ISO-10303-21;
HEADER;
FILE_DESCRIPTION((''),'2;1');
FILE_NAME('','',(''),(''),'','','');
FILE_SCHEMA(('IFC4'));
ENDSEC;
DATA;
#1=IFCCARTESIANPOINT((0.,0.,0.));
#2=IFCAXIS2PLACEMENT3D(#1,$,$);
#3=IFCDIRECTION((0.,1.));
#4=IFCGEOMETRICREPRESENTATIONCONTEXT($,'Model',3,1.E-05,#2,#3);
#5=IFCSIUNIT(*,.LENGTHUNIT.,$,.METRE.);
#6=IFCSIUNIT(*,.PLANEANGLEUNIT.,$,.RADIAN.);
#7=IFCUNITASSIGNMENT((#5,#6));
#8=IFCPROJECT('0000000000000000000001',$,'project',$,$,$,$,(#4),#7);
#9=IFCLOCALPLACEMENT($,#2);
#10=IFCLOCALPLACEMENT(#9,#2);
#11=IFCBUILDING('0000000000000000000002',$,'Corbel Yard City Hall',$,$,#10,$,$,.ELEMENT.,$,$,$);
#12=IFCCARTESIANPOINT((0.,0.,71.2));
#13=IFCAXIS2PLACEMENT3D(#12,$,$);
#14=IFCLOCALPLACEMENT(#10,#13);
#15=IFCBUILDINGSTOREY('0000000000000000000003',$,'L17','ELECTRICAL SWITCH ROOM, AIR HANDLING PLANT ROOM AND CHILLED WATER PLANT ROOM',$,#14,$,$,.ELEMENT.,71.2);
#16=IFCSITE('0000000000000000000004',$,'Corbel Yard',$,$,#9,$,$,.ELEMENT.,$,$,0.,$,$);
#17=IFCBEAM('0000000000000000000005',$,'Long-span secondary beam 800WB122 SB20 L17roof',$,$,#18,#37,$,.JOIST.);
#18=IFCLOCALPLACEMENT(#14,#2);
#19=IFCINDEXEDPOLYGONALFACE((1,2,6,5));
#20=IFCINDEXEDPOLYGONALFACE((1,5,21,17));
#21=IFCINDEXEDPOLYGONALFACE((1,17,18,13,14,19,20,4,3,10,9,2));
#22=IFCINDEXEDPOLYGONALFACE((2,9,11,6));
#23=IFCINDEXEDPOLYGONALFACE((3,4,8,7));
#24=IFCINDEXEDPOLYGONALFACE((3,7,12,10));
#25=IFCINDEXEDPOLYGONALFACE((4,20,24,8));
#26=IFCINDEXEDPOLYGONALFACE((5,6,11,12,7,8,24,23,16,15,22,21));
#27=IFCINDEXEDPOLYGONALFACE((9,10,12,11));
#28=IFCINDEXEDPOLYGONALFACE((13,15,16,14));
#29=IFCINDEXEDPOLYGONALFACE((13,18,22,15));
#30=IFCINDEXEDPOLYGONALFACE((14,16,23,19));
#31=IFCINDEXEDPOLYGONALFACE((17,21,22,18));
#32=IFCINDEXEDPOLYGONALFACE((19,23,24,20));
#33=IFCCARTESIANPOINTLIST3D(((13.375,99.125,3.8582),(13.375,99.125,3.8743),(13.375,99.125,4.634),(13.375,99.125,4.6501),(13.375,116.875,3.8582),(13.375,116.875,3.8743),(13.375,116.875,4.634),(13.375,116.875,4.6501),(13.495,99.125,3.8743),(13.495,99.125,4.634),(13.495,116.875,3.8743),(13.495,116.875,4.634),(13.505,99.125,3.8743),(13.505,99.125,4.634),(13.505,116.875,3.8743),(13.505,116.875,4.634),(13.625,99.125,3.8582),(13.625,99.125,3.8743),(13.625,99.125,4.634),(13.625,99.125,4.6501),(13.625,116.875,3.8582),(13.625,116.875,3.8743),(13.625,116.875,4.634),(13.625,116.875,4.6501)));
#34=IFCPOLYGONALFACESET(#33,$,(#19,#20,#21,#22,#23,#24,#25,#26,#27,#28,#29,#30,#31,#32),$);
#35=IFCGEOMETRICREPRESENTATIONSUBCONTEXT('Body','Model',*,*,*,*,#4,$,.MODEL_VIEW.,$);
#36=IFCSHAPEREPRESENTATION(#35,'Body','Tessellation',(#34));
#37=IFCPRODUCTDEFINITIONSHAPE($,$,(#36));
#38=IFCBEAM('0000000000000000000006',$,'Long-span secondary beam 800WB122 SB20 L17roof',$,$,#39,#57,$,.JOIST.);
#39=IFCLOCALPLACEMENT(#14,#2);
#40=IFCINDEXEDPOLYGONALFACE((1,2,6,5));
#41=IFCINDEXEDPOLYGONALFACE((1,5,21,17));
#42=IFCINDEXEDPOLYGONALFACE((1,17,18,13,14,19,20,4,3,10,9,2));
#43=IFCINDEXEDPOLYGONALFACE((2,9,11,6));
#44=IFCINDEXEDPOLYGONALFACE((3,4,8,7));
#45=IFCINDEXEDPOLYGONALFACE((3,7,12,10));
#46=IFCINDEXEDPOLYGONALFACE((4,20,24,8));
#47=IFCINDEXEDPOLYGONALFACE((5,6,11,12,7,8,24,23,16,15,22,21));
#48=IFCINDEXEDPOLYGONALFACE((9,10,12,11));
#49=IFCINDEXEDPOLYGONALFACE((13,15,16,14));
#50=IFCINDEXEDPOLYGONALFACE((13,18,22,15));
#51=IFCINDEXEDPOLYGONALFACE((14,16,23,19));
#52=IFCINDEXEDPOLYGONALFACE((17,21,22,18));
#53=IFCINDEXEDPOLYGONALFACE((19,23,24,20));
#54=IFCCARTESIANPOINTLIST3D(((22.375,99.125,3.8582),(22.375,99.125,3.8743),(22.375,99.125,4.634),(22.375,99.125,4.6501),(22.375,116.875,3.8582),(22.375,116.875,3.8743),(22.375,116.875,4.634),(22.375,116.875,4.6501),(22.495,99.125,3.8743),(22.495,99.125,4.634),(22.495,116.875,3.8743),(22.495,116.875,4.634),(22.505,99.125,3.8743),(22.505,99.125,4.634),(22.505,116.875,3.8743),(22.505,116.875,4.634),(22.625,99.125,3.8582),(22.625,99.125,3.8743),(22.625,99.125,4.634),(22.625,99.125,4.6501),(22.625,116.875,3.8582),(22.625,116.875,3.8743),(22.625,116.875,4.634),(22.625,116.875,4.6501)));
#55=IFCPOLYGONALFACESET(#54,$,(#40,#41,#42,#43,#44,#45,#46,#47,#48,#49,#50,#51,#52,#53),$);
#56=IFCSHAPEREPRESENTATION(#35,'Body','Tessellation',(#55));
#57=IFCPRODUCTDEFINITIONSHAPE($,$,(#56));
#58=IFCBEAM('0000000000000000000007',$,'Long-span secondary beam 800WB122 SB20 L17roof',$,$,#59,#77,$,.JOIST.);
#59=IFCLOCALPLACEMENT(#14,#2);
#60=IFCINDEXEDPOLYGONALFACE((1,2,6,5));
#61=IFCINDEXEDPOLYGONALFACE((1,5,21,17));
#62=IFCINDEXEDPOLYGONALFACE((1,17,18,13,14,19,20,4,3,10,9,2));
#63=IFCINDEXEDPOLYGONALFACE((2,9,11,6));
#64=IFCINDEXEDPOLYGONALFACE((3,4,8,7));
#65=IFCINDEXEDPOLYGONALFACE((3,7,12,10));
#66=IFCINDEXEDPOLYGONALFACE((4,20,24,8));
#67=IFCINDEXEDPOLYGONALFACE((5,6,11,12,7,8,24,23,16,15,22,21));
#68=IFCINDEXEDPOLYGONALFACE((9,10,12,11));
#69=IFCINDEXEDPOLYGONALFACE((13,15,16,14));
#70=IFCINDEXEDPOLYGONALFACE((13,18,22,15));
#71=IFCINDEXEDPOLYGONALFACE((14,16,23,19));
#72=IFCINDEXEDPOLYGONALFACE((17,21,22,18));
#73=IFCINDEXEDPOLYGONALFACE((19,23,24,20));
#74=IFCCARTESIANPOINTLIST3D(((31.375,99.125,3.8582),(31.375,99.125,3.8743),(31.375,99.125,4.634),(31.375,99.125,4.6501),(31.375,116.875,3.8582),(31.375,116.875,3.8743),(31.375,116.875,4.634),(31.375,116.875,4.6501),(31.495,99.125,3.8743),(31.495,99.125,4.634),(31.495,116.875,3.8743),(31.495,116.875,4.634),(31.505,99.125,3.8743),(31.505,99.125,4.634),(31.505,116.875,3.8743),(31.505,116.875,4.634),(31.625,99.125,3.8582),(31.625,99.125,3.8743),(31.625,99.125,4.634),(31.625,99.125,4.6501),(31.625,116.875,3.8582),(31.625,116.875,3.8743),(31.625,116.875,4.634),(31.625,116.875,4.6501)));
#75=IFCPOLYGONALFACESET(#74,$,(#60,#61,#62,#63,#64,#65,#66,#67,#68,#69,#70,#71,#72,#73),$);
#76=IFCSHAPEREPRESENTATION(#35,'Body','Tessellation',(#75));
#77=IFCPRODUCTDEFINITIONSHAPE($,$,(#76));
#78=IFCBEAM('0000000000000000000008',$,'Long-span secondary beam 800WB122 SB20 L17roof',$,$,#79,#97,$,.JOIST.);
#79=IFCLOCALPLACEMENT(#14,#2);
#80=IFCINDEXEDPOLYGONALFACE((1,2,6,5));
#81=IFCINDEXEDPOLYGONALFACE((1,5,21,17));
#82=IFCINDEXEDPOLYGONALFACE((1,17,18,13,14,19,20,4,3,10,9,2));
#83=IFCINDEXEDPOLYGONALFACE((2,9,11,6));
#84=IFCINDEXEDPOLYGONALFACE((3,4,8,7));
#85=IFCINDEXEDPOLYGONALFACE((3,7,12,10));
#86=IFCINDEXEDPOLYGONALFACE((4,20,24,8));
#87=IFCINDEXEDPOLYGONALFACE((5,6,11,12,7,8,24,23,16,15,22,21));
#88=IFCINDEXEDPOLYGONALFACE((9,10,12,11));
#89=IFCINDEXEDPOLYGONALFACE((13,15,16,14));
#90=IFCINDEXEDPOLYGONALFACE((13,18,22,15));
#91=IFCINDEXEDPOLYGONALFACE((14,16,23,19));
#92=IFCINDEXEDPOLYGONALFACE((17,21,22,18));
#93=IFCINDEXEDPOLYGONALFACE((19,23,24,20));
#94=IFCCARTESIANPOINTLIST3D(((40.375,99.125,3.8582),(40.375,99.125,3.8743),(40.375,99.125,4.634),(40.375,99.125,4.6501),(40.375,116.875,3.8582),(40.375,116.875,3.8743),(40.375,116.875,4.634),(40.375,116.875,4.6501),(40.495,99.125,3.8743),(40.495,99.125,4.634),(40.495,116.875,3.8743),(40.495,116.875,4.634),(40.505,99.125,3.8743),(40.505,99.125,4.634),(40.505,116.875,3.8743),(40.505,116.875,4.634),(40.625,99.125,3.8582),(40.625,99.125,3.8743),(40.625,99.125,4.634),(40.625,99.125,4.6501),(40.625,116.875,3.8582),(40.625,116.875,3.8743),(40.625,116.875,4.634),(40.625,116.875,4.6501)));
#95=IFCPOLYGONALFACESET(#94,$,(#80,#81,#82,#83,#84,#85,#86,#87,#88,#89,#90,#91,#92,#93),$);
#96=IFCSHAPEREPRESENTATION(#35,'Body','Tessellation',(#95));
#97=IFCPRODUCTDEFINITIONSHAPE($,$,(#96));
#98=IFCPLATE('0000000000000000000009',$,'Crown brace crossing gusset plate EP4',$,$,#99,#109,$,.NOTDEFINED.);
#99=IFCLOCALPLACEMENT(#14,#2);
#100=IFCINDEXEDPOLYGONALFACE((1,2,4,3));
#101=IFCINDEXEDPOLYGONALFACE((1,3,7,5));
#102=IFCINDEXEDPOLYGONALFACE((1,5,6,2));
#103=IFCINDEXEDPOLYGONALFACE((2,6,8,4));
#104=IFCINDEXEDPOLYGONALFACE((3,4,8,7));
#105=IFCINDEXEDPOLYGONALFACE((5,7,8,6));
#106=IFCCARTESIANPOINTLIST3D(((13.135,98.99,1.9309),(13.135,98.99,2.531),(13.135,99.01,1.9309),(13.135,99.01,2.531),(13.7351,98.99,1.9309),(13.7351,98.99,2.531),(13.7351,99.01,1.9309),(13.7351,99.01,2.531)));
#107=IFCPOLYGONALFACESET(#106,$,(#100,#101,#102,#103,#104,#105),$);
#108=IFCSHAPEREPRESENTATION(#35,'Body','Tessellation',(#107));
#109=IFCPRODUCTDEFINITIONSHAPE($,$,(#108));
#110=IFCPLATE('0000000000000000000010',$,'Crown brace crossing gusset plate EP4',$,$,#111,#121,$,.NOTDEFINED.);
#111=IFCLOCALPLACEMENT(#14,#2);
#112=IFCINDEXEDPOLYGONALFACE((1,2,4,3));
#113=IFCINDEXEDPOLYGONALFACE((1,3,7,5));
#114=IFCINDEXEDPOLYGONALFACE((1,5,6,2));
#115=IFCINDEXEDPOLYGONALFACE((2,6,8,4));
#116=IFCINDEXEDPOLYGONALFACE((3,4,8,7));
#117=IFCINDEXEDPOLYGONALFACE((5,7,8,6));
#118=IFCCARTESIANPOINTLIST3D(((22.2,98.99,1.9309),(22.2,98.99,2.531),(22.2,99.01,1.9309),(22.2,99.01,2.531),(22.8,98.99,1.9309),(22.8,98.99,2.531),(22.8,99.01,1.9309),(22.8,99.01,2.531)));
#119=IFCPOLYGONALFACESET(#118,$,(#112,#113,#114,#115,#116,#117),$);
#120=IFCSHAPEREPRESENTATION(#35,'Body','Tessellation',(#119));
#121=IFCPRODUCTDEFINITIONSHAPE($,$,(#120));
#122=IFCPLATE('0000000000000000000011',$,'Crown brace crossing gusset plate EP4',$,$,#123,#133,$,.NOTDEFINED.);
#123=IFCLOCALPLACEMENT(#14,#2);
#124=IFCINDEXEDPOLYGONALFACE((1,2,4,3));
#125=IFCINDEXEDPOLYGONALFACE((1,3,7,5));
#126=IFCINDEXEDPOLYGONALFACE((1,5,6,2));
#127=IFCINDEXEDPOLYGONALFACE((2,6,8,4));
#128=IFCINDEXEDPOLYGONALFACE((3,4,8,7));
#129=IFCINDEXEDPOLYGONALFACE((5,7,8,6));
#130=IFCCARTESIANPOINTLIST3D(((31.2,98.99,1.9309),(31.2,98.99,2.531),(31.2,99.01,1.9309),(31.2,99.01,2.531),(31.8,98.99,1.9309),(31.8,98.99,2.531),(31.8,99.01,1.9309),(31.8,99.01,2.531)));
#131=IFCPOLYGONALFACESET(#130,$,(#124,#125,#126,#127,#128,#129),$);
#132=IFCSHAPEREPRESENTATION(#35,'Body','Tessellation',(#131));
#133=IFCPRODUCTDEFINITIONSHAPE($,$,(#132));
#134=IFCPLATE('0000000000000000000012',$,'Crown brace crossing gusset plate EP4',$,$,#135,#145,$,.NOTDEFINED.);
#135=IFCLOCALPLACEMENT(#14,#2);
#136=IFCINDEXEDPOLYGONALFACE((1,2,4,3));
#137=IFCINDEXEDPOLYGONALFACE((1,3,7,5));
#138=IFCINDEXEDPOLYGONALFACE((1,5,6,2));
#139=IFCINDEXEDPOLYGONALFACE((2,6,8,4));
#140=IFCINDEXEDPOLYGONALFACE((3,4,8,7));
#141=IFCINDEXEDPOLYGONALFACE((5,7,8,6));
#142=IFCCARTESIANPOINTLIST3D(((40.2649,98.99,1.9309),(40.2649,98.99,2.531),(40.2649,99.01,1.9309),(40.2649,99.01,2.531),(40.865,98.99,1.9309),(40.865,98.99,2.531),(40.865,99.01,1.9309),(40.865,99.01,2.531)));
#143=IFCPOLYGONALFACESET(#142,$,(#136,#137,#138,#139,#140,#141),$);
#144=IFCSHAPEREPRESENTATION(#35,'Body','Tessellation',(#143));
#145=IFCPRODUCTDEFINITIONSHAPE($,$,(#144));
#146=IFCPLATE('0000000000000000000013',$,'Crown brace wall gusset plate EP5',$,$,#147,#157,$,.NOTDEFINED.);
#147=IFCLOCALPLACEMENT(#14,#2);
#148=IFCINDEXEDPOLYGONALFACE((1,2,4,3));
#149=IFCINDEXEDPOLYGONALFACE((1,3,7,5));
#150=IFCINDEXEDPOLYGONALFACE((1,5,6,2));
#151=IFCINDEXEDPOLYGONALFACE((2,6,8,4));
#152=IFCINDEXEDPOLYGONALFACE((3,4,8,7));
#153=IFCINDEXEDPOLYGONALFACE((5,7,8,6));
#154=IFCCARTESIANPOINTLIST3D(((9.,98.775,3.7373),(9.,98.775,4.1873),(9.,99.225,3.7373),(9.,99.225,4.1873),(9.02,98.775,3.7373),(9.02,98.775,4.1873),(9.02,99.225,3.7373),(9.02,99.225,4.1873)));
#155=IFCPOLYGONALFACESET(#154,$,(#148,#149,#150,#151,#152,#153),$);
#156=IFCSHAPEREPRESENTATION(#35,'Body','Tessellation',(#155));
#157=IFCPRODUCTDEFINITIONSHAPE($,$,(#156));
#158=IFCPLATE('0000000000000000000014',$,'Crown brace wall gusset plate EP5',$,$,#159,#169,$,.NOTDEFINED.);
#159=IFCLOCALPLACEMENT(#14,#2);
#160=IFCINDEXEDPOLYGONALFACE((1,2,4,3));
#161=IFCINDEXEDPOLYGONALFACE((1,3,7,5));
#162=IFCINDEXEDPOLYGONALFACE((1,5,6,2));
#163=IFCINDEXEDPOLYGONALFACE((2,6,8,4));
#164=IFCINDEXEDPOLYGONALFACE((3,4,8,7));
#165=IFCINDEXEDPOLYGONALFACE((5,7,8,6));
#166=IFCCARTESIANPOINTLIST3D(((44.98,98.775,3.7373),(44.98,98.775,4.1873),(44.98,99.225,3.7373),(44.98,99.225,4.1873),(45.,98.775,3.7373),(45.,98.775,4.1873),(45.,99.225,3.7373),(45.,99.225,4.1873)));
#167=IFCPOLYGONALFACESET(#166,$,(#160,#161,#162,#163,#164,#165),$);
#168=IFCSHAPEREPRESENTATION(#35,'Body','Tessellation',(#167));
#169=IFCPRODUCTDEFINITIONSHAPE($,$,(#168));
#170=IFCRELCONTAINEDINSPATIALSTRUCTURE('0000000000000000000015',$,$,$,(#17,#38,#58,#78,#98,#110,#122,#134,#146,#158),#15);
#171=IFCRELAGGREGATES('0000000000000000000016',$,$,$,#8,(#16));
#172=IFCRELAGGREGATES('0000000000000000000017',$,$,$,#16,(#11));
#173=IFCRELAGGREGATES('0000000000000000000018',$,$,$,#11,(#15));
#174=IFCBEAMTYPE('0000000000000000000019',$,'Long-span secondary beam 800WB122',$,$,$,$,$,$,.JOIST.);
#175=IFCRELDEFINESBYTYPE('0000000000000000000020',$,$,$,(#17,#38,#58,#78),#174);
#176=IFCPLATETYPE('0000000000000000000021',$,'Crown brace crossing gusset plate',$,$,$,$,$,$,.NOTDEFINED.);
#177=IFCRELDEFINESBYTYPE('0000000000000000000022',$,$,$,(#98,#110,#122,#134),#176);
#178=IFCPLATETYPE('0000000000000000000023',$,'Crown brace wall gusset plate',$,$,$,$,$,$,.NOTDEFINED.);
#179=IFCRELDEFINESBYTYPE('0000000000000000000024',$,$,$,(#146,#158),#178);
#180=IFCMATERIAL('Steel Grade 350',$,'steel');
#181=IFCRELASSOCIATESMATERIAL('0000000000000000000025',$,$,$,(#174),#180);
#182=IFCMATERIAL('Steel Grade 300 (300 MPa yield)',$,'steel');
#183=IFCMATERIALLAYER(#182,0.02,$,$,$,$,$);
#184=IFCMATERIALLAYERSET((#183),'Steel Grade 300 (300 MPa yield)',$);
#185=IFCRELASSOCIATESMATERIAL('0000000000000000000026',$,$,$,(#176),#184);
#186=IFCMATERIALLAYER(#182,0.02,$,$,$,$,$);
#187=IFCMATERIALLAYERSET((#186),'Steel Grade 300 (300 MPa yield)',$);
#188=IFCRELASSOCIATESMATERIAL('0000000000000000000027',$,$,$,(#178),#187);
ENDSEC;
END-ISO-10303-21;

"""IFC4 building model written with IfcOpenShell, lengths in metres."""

from ifc_helpers import new_model, si_unit, direction, frame, origin, origin_2d, place, context, subcontext, project, spatial, rectangle, i_section, extrude, material, layer, layer_set, material_profile, profile_set, type_object, element, save


model = new_model("IFC4")

# Units and contexts
model_context = context("Model", 3, precision=1e-05, world=origin(), true_north=direction((0.0, 1.0)))
body_context = subcontext(model_context, "Body", "Model", "MODEL_VIEW")
ifc_project = project(units=[si_unit("LENGTHUNIT", "METRE"), si_unit("PLANEANGLEUNIT", "RADIAN")], contexts=[model_context])

# Site, building, storey
site_placement = place(None, origin())
site = spatial("IfcSite", under=ifc_project, at=site_placement, Name="Corbel Yard", CompositionType="ELEMENT", RefElevation=0.0)
building_placement = place(site_placement, origin())
building = spatial("IfcBuilding", under=site, at=building_placement, Name="Corbel Yard City Hall", CompositionType="ELEMENT")
storey_placement = place(building_placement, frame((0.0, 0.0, 71.2)))
storey = spatial("IfcBuildingStorey", under=building, at=storey_placement, Name="L17", Description="ELECTRICAL SWITCH ROOM, AIR HANDLING PLANT ROOM AND CHILLED WATER PLANT ROOM", CompositionType="ELEMENT", Elevation=71.2)

# Beams
ifc_material_1 = material(Name="Steel Grade 350", Category="steel")
ifc_material_profile_1 = material_profile(ifc_material_1, i_section(OverallWidth=0.25, OverallDepth=0.792, WebThickness=0.01, FlangeThickness=0.0161, at=origin_2d()), Name="800WB122")
ifc_profile_set_1 = profile_set([ifc_material_profile_1], Name="Steel Grade 350")
beam_type_1 = type_object("IfcBeamType", Name="Long-span secondary beam 800WB122", PredefinedType="JOIST", material=ifc_profile_set_1)
for number, where, z_axis, x_axis, name in (
    (1, (13.5, 99.125, 4.2542), (0.0, 1.0, 0.0), (-1.0, 0.0, 0.0), "Long-span secondary beam 800WB122 SB20 L17roof"),
    (2, (22.5, 99.125, 4.2542), (0.0, 1.0, 0.0), (-1.0, 0.0, 0.0), "Long-span secondary beam 800WB122 SB20 L17roof"),
    (3, (31.5, 99.125, 4.2542), (0.0, 1.0, 0.0), (-1.0, 0.0, 0.0), "Long-span secondary beam 800WB122 SB20 L17roof"),
    (4, (40.5, 99.125, 4.2542), (0.0, 1.0, 0.0), (-1.0, 0.0, 0.0), "Long-span secondary beam 800WB122 SB20 L17roof"),
):
    element("IfcBeam", number, at=place(storey_placement, frame(where, z_axis=z_axis, x_axis=x_axis)), inside=storey, type_object=beam_type_1, Name=name, PredefinedType="JOIST", context=body_context, shape_type="SweptSolid", body=[
        extrude(i_section(OverallWidth=0.25, OverallDepth=0.792, WebThickness=0.01, FlangeThickness=0.0161, at=origin_2d()), origin(), (0.0, 0.0, 1.0), 17.75),
    ])

# Plates
ifc_material_2 = material(Name="Steel Grade 300 (300 MPa yield)", Category="steel")
ifc_layer_1 = layer(ifc_material_2, 0.02)
ifc_layer_set_1 = layer_set([ifc_layer_1], Name="Steel Grade 300 (300 MPa yield)")
plate_type_1 = type_object("IfcPlateType", Name="Crown brace crossing gusset plate", PredefinedType="NOTDEFINED", material=ifc_layer_set_1)
for number, where, z_axis, x_axis, name in (
    (5, (13.4351, 99.0, 1.9309), (0.0, 0.0, 1.0), (1.0, 0.0, 0.0), "Crown brace crossing gusset plate EP4"),
    (6, (22.5, 99.0, 1.9309), (0.0, 0.0, 1.0), (1.0, 0.0, 0.0), "Crown brace crossing gusset plate EP4"),
    (7, (31.5, 99.0, 1.9309), (0.0, 0.0, 1.0), (1.0, 0.0, 0.0), "Crown brace crossing gusset plate EP4"),
    (8, (40.5649, 99.0, 1.9309), (0.0, 0.0, 1.0), (1.0, 0.0, 0.0), "Crown brace crossing gusset plate EP4"),
):
    element("IfcPlate", number, at=place(storey_placement, frame(where, z_axis=z_axis, x_axis=x_axis)), inside=storey, type_object=plate_type_1, Name=name, PredefinedType="NOTDEFINED", context=body_context, shape_type="SweptSolid", body=[
        extrude(rectangle(XDim=0.6001, YDim=0.02, at=origin_2d()), origin(), (0.0, 0.0, 1.0), 0.6001),
    ])
ifc_layer_2 = layer(ifc_material_2, 0.02)
ifc_layer_set_2 = layer_set([ifc_layer_2], Name="Steel Grade 300 (300 MPa yield)")
plate_type_2 = type_object("IfcPlateType", Name="Crown brace wall gusset plate", PredefinedType="NOTDEFINED", material=ifc_layer_set_2)
for number, where, z_axis, x_axis, name in (
    (9, (9.01, 99.0, 3.7373), (0.0, 0.0, 1.0), (0.0, 1.0, 0.0), "Crown brace wall gusset plate EP5"),
    (10, (44.99, 99.0, 3.7373), (0.0, 0.0, 1.0), (0.0, 1.0, 0.0), "Crown brace wall gusset plate EP5"),
):
    element("IfcPlate", number, at=place(storey_placement, frame(where, z_axis=z_axis, x_axis=x_axis)), inside=storey, type_object=plate_type_2, Name=name, PredefinedType="NOTDEFINED", context=body_context, shape_type="SweptSolid", body=[
        extrude(rectangle(XDim=0.45, YDim=0.02, at=origin_2d()), origin(), (0.0, 0.0, 1.0), 0.45),
    ])

save(model, "model.ifc")
